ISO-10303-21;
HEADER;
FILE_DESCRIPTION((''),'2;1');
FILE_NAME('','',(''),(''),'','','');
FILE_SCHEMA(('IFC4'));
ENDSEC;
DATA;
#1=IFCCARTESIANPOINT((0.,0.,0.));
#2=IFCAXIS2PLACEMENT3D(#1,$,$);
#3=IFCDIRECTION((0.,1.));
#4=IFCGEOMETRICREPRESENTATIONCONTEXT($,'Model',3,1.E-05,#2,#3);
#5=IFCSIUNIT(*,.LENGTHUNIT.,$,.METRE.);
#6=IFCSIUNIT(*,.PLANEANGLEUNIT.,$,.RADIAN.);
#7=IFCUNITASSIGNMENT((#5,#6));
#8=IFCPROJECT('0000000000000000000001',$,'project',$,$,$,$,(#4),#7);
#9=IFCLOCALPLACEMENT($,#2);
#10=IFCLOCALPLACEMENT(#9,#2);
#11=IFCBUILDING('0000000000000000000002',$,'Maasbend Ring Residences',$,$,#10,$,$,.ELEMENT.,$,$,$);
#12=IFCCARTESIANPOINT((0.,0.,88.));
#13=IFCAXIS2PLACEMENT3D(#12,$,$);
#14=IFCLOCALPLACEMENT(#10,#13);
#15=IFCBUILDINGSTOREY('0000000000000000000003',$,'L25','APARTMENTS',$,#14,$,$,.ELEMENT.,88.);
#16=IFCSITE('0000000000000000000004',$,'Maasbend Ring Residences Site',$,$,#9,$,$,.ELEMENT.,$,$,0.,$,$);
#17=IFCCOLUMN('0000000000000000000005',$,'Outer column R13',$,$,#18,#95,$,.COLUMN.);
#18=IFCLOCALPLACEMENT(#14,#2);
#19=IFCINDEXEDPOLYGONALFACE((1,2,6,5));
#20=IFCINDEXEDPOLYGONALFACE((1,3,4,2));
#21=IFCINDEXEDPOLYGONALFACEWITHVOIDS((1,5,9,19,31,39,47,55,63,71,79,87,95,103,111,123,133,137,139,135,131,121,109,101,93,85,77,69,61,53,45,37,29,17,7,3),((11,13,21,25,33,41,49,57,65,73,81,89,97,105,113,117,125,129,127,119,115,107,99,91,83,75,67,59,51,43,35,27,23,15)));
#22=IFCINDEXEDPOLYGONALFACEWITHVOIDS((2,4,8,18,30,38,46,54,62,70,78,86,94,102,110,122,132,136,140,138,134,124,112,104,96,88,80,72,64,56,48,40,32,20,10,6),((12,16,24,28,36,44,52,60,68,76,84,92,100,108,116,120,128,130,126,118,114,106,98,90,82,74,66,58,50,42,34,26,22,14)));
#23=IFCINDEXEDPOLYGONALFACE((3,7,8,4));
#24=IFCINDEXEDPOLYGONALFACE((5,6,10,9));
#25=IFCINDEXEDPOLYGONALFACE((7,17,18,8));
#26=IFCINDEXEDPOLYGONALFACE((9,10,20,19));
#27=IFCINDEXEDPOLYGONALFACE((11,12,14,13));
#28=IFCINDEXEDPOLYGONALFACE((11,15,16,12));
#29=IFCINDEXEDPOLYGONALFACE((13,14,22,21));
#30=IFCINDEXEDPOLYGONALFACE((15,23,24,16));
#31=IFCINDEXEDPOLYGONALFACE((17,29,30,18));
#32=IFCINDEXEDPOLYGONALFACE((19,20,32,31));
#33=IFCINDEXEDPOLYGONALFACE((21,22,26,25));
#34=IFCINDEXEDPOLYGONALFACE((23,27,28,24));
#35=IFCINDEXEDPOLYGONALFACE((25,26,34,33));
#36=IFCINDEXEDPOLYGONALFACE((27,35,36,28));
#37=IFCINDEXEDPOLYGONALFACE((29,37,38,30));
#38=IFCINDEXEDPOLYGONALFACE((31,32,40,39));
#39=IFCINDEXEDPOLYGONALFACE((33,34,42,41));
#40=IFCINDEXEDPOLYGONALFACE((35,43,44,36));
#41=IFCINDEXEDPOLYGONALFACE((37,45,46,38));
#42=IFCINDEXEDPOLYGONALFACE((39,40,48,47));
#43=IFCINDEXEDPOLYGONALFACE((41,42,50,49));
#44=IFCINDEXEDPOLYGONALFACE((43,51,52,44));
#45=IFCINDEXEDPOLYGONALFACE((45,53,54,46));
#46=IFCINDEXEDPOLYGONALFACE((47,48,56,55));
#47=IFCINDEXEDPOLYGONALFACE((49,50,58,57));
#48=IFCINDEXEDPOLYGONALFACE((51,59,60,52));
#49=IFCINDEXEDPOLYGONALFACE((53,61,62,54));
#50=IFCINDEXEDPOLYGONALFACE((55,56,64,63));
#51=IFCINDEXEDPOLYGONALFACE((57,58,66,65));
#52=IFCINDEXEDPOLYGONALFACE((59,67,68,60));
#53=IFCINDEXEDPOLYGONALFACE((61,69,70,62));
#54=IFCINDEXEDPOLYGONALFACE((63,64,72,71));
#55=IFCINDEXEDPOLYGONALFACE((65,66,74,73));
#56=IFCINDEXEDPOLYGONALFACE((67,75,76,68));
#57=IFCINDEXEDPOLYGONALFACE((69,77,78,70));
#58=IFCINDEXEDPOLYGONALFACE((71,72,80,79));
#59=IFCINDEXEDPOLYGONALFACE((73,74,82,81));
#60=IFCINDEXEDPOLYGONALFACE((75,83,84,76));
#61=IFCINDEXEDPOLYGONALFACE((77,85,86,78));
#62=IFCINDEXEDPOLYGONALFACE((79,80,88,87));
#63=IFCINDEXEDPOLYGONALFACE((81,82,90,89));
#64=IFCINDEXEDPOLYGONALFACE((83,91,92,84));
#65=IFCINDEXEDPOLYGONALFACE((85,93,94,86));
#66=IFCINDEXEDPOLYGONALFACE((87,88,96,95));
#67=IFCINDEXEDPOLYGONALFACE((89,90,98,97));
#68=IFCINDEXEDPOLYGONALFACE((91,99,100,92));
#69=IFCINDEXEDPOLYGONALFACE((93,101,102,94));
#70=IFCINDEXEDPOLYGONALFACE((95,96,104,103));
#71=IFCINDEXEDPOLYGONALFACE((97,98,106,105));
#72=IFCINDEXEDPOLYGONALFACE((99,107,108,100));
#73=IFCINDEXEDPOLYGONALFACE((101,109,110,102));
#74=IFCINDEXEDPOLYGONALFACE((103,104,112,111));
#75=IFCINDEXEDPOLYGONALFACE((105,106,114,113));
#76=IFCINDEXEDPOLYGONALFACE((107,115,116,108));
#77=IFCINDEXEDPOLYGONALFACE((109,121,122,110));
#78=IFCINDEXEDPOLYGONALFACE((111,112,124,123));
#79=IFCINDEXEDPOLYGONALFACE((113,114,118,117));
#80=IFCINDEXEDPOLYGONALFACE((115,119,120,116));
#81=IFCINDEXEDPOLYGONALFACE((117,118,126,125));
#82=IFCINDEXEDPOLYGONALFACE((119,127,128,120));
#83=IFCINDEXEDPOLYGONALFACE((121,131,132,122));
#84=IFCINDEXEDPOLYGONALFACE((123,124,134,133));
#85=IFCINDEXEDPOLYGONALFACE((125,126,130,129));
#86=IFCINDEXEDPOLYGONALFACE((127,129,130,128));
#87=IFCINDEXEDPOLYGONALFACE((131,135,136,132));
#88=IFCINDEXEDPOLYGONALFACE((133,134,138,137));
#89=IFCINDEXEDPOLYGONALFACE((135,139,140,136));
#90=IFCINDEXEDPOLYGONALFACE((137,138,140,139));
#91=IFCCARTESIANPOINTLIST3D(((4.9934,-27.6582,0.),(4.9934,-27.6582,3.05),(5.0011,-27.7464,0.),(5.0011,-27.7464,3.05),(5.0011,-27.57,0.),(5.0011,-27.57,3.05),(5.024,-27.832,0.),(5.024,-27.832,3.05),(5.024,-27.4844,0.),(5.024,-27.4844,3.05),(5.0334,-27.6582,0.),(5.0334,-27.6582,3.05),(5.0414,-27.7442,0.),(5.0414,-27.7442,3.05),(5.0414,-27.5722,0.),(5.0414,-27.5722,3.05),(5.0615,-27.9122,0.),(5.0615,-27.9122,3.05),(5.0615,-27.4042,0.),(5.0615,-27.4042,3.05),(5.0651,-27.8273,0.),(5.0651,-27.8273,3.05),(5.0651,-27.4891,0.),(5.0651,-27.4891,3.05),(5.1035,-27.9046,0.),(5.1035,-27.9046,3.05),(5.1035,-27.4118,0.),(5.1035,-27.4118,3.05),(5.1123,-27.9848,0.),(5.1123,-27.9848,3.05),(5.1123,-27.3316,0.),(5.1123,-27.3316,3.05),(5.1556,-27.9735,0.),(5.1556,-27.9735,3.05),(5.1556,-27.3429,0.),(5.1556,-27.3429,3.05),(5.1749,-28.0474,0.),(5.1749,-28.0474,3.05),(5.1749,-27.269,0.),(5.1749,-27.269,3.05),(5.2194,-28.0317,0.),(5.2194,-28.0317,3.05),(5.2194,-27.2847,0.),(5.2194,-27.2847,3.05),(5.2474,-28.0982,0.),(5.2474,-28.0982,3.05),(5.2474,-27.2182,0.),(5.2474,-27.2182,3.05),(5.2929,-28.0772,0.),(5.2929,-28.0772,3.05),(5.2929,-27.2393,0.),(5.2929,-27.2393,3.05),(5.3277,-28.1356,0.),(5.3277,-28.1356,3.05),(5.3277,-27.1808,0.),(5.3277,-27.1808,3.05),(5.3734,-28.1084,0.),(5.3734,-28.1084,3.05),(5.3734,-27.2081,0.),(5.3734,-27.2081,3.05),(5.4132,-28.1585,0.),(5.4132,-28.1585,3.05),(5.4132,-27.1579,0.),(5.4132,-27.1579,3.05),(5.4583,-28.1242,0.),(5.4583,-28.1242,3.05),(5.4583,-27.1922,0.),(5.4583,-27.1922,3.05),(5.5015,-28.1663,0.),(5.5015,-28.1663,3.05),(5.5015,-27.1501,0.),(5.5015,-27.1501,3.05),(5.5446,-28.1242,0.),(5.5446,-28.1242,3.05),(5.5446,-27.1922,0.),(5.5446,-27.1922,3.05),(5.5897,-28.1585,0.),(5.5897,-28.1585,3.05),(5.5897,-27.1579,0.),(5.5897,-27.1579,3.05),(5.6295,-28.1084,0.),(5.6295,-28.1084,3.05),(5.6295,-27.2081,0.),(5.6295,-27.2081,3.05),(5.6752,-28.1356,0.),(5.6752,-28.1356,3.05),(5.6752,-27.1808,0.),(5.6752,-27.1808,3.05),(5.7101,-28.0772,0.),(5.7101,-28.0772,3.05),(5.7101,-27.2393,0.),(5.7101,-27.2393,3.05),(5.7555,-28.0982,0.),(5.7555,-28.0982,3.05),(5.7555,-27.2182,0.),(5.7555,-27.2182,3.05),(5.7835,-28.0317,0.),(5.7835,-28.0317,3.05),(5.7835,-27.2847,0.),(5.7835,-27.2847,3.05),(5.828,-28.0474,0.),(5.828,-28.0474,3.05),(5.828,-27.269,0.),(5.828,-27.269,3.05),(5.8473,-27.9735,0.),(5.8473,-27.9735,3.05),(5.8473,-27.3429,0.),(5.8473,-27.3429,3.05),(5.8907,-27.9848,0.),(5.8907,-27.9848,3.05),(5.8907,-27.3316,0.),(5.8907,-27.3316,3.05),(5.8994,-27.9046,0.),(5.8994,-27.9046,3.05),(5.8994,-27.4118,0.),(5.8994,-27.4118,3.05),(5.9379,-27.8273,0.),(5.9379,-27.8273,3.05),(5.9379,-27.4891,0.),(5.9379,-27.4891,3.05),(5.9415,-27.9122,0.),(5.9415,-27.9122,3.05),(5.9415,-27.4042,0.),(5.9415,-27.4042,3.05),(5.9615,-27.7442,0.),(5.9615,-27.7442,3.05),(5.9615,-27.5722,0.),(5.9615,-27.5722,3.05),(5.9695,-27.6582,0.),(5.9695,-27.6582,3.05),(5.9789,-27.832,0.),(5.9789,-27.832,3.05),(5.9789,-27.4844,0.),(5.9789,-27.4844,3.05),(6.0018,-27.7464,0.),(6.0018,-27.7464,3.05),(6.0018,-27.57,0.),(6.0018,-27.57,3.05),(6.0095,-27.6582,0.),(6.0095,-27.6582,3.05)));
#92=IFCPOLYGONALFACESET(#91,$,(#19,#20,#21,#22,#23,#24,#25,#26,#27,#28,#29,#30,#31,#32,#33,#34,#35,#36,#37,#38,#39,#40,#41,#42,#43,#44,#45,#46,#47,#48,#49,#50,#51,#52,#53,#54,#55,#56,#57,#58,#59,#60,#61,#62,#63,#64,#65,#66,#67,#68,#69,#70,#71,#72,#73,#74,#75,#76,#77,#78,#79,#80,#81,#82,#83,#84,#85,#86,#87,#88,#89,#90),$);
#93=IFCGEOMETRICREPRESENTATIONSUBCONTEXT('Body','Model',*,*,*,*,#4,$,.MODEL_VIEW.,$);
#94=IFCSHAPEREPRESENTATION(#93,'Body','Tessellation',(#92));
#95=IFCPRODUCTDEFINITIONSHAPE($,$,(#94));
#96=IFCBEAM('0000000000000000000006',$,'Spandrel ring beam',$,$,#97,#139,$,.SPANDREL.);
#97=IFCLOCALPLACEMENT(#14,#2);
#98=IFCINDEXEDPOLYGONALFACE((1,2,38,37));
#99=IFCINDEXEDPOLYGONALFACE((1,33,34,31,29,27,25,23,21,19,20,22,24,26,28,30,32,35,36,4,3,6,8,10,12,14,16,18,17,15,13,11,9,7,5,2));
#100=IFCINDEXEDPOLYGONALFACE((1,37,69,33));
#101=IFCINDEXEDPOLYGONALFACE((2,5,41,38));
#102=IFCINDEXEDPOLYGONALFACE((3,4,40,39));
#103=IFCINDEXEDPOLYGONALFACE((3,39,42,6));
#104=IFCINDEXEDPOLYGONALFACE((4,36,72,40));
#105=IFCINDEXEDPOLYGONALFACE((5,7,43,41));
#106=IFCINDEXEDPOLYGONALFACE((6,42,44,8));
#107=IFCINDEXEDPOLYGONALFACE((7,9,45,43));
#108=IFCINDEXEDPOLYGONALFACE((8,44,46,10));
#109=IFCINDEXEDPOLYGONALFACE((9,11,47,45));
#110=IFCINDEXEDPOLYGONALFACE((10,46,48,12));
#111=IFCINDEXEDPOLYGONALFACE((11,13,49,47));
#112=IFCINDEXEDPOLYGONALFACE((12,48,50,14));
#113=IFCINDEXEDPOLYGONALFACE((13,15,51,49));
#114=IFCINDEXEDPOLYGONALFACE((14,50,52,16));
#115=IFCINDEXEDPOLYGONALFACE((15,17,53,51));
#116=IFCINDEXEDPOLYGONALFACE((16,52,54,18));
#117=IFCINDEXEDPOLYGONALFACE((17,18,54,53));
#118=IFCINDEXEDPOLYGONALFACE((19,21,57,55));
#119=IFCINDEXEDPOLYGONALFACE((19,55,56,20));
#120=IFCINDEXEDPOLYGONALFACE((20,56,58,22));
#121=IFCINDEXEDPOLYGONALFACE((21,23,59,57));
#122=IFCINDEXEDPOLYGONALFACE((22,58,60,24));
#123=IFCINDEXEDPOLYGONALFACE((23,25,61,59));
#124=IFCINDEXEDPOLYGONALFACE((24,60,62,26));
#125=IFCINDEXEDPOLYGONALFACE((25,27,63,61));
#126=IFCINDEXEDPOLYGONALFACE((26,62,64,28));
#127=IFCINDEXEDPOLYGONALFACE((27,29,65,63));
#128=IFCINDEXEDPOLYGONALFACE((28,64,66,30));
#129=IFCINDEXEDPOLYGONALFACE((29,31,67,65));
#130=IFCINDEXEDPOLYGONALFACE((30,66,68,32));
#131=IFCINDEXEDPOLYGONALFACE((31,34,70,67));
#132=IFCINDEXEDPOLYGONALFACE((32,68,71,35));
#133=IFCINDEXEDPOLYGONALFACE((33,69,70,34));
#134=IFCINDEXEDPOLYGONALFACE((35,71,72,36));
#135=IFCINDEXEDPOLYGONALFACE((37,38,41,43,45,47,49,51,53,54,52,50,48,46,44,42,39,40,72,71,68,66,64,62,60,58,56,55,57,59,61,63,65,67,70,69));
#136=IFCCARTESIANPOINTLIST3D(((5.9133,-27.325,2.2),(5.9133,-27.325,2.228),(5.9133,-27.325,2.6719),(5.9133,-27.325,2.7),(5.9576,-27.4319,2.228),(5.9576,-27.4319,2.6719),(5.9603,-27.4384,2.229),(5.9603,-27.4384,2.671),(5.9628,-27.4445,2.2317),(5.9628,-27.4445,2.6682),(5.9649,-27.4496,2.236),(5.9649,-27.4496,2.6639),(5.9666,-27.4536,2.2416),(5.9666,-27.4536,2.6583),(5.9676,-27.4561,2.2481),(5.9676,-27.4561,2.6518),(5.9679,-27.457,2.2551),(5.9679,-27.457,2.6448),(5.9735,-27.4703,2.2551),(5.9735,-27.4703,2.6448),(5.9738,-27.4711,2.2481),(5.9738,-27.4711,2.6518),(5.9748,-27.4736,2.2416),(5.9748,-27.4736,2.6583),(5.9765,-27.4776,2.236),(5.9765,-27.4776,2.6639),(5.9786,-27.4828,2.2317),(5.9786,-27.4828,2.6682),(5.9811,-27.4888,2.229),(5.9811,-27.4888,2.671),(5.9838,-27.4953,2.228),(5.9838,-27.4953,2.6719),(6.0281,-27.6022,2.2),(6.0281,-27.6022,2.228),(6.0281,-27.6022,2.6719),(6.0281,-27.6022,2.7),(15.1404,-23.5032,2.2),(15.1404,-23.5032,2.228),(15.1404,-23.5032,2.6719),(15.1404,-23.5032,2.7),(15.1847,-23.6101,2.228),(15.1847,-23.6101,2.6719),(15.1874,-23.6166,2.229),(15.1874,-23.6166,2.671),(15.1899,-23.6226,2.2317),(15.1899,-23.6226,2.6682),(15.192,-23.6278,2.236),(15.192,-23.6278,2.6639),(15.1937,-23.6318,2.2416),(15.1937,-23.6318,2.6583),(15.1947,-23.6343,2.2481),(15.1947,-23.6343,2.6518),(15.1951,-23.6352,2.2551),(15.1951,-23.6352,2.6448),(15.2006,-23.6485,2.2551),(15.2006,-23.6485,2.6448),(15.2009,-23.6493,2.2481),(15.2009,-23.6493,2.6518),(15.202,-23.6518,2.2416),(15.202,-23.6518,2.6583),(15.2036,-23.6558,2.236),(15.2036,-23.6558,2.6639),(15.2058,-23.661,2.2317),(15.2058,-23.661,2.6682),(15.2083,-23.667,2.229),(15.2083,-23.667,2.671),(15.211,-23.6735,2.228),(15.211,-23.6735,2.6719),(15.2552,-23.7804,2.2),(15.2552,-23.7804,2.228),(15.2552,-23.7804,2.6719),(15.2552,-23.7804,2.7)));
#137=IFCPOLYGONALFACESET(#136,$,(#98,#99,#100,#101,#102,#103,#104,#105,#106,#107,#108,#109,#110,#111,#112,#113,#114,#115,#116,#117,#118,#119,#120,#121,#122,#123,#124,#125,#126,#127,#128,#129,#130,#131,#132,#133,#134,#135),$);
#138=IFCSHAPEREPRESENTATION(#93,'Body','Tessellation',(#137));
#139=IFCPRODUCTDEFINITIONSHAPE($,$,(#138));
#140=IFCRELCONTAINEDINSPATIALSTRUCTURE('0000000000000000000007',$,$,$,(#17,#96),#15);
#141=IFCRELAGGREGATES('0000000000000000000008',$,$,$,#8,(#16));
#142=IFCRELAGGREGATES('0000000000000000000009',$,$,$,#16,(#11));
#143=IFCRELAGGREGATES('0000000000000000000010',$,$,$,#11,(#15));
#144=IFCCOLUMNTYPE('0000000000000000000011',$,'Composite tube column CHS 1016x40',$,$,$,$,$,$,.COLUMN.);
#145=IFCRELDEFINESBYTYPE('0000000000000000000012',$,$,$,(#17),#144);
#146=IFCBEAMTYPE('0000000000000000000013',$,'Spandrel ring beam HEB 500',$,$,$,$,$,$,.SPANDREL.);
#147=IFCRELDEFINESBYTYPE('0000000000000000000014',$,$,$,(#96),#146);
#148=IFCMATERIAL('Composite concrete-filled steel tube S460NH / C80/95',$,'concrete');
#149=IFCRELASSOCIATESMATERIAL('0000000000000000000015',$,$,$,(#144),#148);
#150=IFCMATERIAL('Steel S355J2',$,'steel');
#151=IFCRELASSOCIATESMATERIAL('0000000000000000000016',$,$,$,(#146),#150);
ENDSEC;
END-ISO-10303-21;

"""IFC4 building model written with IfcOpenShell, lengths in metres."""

from ifc_helpers import new_model, si_unit, direction, frame, origin, origin_2d, place, context, subcontext, project, spatial, hollow_circle, i_section, extrude, material, material_profile, profile_set, type_object, element, save


model = new_model("IFC4")

# Units and contexts
model_context = context("Model", 3, precision=1e-05, world=origin(), true_north=direction((0.0, 1.0)))
body_context = subcontext(model_context, "Body", "Model", "MODEL_VIEW")
ifc_project = project(units=[si_unit("LENGTHUNIT", "METRE"), si_unit("PLANEANGLEUNIT", "RADIAN")], contexts=[model_context])

# Site, building, storey
site_placement = place(None, origin())
site = spatial("IfcSite", under=ifc_project, at=site_placement, Name="Maasbend Ring Residences Site", CompositionType="ELEMENT", RefElevation=0.0)
building_placement = place(site_placement, origin())
building = spatial("IfcBuilding", under=site, at=building_placement, Name="Maasbend Ring Residences", CompositionType="ELEMENT")
storey_placement = place(building_placement, frame((0.0, 0.0, 88.0)))
storey = spatial("IfcBuildingStorey", under=building, at=storey_placement, Name="L25", Description="APARTMENTS", CompositionType="ELEMENT", Elevation=88.0)

# Column
ifc_material_1 = material(Name="Composite concrete-filled steel tube S460NH / C80/95", Category="concrete")
ifc_material_profile_1 = material_profile(ifc_material_1, hollow_circle(Radius=0.5081, WallThickness=0.04, at=origin_2d()), Name="Composite tube column CHS 1016x40")
ifc_profile_set_1 = profile_set([ifc_material_profile_1], Name="Composite concrete-filled steel tube S460NH / C80/95")
column_type = type_object("IfcColumnType", Name="Composite tube column CHS 1016x40", PredefinedType="COLUMN", material=ifc_profile_set_1)
column_placement = place(storey_placement, frame((5.5015, -27.6582, 0.0), z_axis=(0.0, 0.0, 1.0), x_axis=(1.0, 0.0, 0.0)))
element("IfcColumn", 1, at=column_placement, inside=storey, type_object=column_type, Name="Outer column R13", PredefinedType="COLUMN", context=body_context, shape_type="SweptSolid", body=[
    extrude(hollow_circle(Radius=0.5081, WallThickness=0.04, at=origin_2d()), origin(), (0.0, 0.0, 1.0), 3.05),
])

# Beam
ifc_material_2 = material(Name="Steel S355J2", Category="steel")
ifc_material_profile_2 = material_profile(ifc_material_2, i_section(OverallWidth=0.3, OverallDepth=0.5, WebThickness=0.0144, FlangeThickness=0.0281, FilletRadius=0.0271, at=origin_2d()), Name="HEB 500")
ifc_profile_set_2 = profile_set([ifc_material_profile_2], Name="Steel S355J2")
beam_type = type_object("IfcBeamType", Name="Spandrel ring beam HEB 500", PredefinedType="SPANDREL", material=ifc_profile_set_2)
beam_placement = place(storey_placement, frame((5.9707, -27.4636, 2.45), z_axis=(0.923886, 0.382667, 0.0), x_axis=(-0.382667, 0.923886, 0.0)))
element("IfcBeam", 2, at=beam_placement, inside=storey, type_object=beam_type, Name="Spandrel ring beam", PredefinedType="SPANDREL", context=body_context, shape_type="SweptSolid", body=[
    extrude(i_section(OverallWidth=0.3, OverallDepth=0.5, WebThickness=0.0144, FlangeThickness=0.0281, FilletRadius=0.0271, at=origin_2d()), origin(), (0.0, 0.0, 1.0), 9.9873),
])

save(model, "model.ifc")
